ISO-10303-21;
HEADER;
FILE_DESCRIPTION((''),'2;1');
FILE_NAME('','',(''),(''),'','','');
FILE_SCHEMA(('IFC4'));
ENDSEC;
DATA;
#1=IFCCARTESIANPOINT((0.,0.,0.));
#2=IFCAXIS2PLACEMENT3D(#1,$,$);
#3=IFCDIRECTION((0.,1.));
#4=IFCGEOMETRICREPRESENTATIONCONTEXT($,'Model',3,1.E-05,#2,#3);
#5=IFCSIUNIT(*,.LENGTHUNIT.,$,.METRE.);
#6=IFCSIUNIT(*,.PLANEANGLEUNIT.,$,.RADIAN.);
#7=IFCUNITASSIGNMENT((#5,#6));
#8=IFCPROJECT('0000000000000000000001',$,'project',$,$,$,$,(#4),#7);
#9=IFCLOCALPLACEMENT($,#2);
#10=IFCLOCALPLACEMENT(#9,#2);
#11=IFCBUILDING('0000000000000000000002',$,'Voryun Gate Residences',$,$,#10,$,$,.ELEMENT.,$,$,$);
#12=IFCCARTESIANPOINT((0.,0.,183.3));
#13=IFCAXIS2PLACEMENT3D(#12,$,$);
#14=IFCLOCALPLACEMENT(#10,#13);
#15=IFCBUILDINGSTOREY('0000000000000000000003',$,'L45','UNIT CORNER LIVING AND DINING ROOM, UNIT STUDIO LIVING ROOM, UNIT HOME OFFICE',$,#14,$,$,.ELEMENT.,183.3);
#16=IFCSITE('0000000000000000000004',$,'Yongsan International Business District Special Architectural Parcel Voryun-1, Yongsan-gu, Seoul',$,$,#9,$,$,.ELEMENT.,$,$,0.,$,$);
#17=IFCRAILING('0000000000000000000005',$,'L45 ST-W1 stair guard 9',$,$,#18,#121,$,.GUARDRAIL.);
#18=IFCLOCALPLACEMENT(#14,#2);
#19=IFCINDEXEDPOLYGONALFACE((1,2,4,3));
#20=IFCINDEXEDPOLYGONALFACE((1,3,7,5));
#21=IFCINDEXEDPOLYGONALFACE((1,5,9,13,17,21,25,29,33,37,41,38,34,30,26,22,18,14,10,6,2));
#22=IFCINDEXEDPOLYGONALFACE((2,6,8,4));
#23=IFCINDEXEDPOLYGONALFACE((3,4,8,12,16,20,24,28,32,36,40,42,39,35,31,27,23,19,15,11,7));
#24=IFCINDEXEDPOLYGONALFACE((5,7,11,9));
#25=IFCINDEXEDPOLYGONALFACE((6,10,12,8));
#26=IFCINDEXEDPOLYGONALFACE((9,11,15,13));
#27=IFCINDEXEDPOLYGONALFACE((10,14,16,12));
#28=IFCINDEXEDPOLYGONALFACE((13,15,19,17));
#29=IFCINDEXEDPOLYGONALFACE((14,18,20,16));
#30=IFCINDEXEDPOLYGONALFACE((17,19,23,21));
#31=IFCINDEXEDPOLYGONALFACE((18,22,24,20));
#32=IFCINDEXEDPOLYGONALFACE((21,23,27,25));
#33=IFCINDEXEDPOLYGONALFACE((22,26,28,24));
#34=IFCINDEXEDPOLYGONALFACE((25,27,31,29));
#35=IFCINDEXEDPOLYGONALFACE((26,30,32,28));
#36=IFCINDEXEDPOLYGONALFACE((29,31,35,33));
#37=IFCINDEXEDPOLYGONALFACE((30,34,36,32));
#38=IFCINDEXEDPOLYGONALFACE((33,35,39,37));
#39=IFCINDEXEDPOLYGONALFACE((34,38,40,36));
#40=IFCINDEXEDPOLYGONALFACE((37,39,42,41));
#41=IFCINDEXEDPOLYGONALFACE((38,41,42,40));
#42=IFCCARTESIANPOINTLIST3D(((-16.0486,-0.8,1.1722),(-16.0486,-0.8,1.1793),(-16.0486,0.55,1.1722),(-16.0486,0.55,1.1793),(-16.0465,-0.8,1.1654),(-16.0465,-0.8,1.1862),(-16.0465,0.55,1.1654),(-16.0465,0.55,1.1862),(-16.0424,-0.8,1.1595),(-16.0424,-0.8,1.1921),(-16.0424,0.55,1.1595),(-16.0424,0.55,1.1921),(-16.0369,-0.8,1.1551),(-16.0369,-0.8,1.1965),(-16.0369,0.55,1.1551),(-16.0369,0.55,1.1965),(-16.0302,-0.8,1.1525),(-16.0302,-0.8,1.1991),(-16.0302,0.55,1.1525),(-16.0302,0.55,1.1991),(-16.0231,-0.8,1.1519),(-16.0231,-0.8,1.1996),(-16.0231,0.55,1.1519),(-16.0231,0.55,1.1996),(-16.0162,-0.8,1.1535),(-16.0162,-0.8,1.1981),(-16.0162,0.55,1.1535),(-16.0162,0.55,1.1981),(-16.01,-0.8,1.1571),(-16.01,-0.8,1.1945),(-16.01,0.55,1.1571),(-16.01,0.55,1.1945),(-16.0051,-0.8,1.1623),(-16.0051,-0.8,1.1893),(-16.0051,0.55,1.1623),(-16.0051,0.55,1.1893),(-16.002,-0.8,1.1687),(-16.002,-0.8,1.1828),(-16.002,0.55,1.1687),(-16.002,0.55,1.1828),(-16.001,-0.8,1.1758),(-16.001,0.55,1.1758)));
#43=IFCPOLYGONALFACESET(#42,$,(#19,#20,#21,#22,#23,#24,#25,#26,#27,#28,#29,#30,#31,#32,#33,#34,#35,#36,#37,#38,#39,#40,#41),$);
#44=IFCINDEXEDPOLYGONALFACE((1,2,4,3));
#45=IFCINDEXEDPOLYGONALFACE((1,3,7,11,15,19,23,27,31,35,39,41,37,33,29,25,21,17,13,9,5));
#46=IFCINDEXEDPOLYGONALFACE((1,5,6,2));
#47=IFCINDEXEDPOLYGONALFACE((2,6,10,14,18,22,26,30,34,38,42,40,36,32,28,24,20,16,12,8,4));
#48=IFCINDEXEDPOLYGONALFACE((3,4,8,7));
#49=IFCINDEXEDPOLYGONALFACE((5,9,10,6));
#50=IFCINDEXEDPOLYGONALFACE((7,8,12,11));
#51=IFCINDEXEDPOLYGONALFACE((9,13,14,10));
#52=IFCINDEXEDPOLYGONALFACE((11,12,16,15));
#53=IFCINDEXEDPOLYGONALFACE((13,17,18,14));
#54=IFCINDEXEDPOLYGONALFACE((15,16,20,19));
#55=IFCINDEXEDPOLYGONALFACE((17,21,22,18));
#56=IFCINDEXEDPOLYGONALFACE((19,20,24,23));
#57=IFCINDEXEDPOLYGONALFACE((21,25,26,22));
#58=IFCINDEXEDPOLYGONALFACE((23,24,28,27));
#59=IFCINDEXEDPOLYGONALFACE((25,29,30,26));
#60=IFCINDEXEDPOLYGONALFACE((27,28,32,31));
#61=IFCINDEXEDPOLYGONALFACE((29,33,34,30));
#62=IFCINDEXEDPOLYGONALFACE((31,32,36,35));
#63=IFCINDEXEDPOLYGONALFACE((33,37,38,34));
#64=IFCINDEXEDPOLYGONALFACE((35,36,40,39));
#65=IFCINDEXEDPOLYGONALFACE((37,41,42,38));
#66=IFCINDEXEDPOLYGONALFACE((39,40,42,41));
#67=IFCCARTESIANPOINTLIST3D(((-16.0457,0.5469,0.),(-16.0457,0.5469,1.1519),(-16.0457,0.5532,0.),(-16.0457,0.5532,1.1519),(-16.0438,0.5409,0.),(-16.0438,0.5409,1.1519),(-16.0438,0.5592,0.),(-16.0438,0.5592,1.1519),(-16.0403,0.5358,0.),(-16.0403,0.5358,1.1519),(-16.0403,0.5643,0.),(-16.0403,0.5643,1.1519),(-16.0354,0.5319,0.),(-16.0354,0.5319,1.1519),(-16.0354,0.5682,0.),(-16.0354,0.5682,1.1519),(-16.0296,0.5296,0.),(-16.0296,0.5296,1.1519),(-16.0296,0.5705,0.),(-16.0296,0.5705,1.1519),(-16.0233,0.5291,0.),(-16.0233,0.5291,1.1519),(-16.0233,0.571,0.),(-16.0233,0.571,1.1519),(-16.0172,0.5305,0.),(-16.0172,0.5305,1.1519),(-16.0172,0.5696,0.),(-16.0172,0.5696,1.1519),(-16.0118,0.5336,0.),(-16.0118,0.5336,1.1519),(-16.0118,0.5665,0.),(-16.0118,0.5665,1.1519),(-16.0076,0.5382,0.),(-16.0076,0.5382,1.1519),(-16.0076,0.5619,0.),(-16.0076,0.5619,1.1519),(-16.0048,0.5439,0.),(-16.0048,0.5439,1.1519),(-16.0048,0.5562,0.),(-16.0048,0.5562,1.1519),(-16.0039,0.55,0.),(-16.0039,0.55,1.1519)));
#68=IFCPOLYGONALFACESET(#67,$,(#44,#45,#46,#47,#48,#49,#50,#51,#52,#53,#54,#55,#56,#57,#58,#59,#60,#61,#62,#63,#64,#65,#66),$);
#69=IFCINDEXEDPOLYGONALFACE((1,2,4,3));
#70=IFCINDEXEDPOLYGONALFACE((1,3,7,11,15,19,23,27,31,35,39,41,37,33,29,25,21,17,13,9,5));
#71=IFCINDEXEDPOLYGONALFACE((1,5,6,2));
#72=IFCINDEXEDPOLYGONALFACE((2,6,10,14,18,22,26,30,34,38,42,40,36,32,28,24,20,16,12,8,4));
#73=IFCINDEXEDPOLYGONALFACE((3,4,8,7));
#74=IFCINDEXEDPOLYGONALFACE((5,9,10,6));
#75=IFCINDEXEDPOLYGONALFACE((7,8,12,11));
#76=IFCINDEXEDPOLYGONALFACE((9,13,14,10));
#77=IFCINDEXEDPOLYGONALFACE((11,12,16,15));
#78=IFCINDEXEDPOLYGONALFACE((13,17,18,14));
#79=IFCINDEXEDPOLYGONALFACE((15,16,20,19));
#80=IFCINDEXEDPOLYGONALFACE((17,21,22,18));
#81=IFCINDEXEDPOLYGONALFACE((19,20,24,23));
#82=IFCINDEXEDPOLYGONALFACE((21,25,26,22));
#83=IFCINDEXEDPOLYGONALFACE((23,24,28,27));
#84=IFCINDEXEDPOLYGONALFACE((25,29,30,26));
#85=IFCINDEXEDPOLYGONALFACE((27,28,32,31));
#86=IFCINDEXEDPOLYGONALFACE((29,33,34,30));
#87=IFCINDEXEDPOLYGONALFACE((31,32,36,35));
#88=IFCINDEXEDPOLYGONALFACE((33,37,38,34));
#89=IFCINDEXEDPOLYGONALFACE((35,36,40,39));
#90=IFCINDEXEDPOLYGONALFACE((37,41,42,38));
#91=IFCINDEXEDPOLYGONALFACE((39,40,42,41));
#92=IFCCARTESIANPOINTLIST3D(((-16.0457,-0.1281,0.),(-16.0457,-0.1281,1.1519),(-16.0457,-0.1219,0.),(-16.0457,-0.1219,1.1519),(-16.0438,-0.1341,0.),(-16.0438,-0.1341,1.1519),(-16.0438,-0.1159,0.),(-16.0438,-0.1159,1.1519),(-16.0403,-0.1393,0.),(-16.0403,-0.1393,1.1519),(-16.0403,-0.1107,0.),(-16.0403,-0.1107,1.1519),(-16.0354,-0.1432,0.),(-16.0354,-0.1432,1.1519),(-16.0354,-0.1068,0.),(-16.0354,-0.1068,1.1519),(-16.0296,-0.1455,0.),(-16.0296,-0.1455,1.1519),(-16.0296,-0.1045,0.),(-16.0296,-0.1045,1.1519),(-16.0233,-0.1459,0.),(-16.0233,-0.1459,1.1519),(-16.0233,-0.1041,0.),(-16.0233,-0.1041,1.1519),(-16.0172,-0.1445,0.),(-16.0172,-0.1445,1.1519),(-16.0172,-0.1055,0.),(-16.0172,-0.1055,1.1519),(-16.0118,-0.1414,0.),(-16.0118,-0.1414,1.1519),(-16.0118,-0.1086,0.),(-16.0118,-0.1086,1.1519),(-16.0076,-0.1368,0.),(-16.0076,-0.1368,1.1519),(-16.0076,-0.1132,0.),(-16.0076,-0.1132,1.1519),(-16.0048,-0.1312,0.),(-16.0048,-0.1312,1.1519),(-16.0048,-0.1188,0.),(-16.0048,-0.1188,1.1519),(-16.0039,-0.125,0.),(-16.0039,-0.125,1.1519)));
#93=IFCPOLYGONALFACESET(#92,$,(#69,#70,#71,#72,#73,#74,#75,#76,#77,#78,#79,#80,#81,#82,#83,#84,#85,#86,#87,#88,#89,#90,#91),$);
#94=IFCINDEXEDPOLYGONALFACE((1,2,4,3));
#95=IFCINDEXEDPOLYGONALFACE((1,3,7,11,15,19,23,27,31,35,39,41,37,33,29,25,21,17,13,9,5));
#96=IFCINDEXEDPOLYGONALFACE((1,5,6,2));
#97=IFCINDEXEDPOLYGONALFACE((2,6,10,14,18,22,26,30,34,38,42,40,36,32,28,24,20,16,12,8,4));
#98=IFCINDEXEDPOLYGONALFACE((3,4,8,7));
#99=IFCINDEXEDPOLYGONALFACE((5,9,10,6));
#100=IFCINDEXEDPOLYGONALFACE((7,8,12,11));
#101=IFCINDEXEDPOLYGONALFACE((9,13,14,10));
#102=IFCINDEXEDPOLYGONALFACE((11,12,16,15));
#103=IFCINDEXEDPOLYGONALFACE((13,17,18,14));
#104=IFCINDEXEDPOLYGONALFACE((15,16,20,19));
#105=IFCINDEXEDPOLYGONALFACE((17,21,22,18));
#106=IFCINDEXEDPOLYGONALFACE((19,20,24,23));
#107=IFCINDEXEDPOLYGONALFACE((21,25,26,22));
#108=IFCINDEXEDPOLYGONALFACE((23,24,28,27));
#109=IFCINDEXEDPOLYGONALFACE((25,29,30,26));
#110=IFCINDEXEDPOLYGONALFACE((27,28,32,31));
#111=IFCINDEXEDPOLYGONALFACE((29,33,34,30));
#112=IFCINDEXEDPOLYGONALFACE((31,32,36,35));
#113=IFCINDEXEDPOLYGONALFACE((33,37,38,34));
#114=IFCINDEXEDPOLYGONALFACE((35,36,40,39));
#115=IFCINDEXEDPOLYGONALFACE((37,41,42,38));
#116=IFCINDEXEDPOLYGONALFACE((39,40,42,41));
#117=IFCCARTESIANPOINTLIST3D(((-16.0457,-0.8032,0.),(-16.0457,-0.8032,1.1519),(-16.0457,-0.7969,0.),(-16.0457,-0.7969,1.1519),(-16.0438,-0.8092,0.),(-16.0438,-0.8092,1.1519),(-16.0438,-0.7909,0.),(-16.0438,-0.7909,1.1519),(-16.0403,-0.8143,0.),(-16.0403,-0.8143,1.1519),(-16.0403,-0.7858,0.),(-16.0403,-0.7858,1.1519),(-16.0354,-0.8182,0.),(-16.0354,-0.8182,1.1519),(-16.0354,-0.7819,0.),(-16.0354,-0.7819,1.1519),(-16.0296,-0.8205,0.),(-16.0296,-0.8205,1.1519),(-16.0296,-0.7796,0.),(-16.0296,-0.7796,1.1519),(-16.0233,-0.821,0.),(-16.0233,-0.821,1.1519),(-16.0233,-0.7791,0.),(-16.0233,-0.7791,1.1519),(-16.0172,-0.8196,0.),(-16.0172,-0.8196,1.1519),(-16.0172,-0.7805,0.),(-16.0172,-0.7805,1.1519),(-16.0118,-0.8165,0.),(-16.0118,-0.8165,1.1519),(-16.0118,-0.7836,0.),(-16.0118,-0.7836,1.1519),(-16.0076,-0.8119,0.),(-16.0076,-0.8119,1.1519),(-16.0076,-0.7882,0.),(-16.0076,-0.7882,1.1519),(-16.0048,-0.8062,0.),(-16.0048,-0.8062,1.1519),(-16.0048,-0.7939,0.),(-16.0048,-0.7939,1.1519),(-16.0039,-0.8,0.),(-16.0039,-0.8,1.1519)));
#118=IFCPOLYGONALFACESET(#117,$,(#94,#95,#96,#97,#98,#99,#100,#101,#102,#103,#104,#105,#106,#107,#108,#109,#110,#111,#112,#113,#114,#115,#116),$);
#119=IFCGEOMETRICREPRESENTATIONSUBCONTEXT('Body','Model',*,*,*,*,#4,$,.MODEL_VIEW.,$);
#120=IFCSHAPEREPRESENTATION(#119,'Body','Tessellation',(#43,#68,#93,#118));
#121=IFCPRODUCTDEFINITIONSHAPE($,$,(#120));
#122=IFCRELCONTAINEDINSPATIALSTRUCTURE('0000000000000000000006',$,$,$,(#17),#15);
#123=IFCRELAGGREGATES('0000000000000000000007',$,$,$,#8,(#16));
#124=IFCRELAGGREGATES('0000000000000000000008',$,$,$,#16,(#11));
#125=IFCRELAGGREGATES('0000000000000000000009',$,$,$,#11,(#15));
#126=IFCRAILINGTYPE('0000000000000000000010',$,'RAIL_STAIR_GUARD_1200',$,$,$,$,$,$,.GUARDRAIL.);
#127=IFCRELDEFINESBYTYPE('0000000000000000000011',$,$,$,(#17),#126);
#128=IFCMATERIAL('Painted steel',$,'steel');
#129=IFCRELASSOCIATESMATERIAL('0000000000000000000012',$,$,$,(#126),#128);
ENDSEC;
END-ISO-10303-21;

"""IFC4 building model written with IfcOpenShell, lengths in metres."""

from ifc_helpers import new_model, si_unit, direction, frame, origin, origin_2d, place, context, subcontext, project, spatial, circle, extrude, material, type_object, element, save


model = new_model("IFC4")

# Units and contexts
model_context = context("Model", 3, precision=1e-05, world=origin(), true_north=direction((0.0, 1.0)))
body_context = subcontext(model_context, "Body", "Model", "MODEL_VIEW")
ifc_project = project(units=[si_unit("LENGTHUNIT", "METRE"), si_unit("PLANEANGLEUNIT", "RADIAN")], contexts=[model_context])

# Site, building, storey
site_placement = place(None, origin())
site = spatial("IfcSite", under=ifc_project, at=site_placement, Name="Yongsan International Business District Special Architectural Parcel Voryun-1, Yongsan-gu, Seoul", CompositionType="ELEMENT", RefElevation=0.0)
building_placement = place(site_placement, origin())
building = spatial("IfcBuilding", under=site, at=building_placement, Name="Voryun Gate Residences", CompositionType="ELEMENT")
storey_placement = place(building_placement, frame((0.0, 0.0, 183.3)))
storey = spatial("IfcBuildingStorey", under=building, at=storey_placement, Name="L45", Description="UNIT CORNER LIVING AND DINING ROOM, UNIT STUDIO LIVING ROOM, UNIT HOME OFFICE", CompositionType="ELEMENT", Elevation=183.3)

# Railing
ifc_material_1 = material(Name="Painted steel", Category="steel")
railing_type = type_object("IfcRailingType", Name="RAIL_STAIR_GUARD_1200", PredefinedType="GUARDRAIL", material=ifc_material_1)
railing_1_placement = place(storey_placement, frame((-16.0249, 0.55, 0.0)))
element("IfcRailing", 1, at=railing_1_placement, inside=storey, type_object=railing_type, Name="L45 ST-W1 stair guard 9", PredefinedType="GUARDRAIL", context=body_context, shape_type="SweptSolid", body=[
    extrude(circle(Radius=0.0239, at=origin_2d()), frame((0.0, 0.0, 1.1758), z_axis=(0.0, -1.0, 0.0), x_axis=(1.0, 0.0, 0.0)), (0.0, 0.0, 1.0), 1.3501),
    extrude(circle(Radius=0.021, at=origin_2d()), origin(), (0.0, 0.0, 1.0), 1.1519),
    extrude(circle(Radius=0.021, at=origin_2d()), frame((0.0, -0.675, 0.0)), (0.0, 0.0, 1.0), 1.1519),
    extrude(circle(Radius=0.021, at=origin_2d()), frame((0.0, -1.3501, 0.0)), (0.0, 0.0, 1.0), 1.1519),
])

save(model, "model.ifc")
